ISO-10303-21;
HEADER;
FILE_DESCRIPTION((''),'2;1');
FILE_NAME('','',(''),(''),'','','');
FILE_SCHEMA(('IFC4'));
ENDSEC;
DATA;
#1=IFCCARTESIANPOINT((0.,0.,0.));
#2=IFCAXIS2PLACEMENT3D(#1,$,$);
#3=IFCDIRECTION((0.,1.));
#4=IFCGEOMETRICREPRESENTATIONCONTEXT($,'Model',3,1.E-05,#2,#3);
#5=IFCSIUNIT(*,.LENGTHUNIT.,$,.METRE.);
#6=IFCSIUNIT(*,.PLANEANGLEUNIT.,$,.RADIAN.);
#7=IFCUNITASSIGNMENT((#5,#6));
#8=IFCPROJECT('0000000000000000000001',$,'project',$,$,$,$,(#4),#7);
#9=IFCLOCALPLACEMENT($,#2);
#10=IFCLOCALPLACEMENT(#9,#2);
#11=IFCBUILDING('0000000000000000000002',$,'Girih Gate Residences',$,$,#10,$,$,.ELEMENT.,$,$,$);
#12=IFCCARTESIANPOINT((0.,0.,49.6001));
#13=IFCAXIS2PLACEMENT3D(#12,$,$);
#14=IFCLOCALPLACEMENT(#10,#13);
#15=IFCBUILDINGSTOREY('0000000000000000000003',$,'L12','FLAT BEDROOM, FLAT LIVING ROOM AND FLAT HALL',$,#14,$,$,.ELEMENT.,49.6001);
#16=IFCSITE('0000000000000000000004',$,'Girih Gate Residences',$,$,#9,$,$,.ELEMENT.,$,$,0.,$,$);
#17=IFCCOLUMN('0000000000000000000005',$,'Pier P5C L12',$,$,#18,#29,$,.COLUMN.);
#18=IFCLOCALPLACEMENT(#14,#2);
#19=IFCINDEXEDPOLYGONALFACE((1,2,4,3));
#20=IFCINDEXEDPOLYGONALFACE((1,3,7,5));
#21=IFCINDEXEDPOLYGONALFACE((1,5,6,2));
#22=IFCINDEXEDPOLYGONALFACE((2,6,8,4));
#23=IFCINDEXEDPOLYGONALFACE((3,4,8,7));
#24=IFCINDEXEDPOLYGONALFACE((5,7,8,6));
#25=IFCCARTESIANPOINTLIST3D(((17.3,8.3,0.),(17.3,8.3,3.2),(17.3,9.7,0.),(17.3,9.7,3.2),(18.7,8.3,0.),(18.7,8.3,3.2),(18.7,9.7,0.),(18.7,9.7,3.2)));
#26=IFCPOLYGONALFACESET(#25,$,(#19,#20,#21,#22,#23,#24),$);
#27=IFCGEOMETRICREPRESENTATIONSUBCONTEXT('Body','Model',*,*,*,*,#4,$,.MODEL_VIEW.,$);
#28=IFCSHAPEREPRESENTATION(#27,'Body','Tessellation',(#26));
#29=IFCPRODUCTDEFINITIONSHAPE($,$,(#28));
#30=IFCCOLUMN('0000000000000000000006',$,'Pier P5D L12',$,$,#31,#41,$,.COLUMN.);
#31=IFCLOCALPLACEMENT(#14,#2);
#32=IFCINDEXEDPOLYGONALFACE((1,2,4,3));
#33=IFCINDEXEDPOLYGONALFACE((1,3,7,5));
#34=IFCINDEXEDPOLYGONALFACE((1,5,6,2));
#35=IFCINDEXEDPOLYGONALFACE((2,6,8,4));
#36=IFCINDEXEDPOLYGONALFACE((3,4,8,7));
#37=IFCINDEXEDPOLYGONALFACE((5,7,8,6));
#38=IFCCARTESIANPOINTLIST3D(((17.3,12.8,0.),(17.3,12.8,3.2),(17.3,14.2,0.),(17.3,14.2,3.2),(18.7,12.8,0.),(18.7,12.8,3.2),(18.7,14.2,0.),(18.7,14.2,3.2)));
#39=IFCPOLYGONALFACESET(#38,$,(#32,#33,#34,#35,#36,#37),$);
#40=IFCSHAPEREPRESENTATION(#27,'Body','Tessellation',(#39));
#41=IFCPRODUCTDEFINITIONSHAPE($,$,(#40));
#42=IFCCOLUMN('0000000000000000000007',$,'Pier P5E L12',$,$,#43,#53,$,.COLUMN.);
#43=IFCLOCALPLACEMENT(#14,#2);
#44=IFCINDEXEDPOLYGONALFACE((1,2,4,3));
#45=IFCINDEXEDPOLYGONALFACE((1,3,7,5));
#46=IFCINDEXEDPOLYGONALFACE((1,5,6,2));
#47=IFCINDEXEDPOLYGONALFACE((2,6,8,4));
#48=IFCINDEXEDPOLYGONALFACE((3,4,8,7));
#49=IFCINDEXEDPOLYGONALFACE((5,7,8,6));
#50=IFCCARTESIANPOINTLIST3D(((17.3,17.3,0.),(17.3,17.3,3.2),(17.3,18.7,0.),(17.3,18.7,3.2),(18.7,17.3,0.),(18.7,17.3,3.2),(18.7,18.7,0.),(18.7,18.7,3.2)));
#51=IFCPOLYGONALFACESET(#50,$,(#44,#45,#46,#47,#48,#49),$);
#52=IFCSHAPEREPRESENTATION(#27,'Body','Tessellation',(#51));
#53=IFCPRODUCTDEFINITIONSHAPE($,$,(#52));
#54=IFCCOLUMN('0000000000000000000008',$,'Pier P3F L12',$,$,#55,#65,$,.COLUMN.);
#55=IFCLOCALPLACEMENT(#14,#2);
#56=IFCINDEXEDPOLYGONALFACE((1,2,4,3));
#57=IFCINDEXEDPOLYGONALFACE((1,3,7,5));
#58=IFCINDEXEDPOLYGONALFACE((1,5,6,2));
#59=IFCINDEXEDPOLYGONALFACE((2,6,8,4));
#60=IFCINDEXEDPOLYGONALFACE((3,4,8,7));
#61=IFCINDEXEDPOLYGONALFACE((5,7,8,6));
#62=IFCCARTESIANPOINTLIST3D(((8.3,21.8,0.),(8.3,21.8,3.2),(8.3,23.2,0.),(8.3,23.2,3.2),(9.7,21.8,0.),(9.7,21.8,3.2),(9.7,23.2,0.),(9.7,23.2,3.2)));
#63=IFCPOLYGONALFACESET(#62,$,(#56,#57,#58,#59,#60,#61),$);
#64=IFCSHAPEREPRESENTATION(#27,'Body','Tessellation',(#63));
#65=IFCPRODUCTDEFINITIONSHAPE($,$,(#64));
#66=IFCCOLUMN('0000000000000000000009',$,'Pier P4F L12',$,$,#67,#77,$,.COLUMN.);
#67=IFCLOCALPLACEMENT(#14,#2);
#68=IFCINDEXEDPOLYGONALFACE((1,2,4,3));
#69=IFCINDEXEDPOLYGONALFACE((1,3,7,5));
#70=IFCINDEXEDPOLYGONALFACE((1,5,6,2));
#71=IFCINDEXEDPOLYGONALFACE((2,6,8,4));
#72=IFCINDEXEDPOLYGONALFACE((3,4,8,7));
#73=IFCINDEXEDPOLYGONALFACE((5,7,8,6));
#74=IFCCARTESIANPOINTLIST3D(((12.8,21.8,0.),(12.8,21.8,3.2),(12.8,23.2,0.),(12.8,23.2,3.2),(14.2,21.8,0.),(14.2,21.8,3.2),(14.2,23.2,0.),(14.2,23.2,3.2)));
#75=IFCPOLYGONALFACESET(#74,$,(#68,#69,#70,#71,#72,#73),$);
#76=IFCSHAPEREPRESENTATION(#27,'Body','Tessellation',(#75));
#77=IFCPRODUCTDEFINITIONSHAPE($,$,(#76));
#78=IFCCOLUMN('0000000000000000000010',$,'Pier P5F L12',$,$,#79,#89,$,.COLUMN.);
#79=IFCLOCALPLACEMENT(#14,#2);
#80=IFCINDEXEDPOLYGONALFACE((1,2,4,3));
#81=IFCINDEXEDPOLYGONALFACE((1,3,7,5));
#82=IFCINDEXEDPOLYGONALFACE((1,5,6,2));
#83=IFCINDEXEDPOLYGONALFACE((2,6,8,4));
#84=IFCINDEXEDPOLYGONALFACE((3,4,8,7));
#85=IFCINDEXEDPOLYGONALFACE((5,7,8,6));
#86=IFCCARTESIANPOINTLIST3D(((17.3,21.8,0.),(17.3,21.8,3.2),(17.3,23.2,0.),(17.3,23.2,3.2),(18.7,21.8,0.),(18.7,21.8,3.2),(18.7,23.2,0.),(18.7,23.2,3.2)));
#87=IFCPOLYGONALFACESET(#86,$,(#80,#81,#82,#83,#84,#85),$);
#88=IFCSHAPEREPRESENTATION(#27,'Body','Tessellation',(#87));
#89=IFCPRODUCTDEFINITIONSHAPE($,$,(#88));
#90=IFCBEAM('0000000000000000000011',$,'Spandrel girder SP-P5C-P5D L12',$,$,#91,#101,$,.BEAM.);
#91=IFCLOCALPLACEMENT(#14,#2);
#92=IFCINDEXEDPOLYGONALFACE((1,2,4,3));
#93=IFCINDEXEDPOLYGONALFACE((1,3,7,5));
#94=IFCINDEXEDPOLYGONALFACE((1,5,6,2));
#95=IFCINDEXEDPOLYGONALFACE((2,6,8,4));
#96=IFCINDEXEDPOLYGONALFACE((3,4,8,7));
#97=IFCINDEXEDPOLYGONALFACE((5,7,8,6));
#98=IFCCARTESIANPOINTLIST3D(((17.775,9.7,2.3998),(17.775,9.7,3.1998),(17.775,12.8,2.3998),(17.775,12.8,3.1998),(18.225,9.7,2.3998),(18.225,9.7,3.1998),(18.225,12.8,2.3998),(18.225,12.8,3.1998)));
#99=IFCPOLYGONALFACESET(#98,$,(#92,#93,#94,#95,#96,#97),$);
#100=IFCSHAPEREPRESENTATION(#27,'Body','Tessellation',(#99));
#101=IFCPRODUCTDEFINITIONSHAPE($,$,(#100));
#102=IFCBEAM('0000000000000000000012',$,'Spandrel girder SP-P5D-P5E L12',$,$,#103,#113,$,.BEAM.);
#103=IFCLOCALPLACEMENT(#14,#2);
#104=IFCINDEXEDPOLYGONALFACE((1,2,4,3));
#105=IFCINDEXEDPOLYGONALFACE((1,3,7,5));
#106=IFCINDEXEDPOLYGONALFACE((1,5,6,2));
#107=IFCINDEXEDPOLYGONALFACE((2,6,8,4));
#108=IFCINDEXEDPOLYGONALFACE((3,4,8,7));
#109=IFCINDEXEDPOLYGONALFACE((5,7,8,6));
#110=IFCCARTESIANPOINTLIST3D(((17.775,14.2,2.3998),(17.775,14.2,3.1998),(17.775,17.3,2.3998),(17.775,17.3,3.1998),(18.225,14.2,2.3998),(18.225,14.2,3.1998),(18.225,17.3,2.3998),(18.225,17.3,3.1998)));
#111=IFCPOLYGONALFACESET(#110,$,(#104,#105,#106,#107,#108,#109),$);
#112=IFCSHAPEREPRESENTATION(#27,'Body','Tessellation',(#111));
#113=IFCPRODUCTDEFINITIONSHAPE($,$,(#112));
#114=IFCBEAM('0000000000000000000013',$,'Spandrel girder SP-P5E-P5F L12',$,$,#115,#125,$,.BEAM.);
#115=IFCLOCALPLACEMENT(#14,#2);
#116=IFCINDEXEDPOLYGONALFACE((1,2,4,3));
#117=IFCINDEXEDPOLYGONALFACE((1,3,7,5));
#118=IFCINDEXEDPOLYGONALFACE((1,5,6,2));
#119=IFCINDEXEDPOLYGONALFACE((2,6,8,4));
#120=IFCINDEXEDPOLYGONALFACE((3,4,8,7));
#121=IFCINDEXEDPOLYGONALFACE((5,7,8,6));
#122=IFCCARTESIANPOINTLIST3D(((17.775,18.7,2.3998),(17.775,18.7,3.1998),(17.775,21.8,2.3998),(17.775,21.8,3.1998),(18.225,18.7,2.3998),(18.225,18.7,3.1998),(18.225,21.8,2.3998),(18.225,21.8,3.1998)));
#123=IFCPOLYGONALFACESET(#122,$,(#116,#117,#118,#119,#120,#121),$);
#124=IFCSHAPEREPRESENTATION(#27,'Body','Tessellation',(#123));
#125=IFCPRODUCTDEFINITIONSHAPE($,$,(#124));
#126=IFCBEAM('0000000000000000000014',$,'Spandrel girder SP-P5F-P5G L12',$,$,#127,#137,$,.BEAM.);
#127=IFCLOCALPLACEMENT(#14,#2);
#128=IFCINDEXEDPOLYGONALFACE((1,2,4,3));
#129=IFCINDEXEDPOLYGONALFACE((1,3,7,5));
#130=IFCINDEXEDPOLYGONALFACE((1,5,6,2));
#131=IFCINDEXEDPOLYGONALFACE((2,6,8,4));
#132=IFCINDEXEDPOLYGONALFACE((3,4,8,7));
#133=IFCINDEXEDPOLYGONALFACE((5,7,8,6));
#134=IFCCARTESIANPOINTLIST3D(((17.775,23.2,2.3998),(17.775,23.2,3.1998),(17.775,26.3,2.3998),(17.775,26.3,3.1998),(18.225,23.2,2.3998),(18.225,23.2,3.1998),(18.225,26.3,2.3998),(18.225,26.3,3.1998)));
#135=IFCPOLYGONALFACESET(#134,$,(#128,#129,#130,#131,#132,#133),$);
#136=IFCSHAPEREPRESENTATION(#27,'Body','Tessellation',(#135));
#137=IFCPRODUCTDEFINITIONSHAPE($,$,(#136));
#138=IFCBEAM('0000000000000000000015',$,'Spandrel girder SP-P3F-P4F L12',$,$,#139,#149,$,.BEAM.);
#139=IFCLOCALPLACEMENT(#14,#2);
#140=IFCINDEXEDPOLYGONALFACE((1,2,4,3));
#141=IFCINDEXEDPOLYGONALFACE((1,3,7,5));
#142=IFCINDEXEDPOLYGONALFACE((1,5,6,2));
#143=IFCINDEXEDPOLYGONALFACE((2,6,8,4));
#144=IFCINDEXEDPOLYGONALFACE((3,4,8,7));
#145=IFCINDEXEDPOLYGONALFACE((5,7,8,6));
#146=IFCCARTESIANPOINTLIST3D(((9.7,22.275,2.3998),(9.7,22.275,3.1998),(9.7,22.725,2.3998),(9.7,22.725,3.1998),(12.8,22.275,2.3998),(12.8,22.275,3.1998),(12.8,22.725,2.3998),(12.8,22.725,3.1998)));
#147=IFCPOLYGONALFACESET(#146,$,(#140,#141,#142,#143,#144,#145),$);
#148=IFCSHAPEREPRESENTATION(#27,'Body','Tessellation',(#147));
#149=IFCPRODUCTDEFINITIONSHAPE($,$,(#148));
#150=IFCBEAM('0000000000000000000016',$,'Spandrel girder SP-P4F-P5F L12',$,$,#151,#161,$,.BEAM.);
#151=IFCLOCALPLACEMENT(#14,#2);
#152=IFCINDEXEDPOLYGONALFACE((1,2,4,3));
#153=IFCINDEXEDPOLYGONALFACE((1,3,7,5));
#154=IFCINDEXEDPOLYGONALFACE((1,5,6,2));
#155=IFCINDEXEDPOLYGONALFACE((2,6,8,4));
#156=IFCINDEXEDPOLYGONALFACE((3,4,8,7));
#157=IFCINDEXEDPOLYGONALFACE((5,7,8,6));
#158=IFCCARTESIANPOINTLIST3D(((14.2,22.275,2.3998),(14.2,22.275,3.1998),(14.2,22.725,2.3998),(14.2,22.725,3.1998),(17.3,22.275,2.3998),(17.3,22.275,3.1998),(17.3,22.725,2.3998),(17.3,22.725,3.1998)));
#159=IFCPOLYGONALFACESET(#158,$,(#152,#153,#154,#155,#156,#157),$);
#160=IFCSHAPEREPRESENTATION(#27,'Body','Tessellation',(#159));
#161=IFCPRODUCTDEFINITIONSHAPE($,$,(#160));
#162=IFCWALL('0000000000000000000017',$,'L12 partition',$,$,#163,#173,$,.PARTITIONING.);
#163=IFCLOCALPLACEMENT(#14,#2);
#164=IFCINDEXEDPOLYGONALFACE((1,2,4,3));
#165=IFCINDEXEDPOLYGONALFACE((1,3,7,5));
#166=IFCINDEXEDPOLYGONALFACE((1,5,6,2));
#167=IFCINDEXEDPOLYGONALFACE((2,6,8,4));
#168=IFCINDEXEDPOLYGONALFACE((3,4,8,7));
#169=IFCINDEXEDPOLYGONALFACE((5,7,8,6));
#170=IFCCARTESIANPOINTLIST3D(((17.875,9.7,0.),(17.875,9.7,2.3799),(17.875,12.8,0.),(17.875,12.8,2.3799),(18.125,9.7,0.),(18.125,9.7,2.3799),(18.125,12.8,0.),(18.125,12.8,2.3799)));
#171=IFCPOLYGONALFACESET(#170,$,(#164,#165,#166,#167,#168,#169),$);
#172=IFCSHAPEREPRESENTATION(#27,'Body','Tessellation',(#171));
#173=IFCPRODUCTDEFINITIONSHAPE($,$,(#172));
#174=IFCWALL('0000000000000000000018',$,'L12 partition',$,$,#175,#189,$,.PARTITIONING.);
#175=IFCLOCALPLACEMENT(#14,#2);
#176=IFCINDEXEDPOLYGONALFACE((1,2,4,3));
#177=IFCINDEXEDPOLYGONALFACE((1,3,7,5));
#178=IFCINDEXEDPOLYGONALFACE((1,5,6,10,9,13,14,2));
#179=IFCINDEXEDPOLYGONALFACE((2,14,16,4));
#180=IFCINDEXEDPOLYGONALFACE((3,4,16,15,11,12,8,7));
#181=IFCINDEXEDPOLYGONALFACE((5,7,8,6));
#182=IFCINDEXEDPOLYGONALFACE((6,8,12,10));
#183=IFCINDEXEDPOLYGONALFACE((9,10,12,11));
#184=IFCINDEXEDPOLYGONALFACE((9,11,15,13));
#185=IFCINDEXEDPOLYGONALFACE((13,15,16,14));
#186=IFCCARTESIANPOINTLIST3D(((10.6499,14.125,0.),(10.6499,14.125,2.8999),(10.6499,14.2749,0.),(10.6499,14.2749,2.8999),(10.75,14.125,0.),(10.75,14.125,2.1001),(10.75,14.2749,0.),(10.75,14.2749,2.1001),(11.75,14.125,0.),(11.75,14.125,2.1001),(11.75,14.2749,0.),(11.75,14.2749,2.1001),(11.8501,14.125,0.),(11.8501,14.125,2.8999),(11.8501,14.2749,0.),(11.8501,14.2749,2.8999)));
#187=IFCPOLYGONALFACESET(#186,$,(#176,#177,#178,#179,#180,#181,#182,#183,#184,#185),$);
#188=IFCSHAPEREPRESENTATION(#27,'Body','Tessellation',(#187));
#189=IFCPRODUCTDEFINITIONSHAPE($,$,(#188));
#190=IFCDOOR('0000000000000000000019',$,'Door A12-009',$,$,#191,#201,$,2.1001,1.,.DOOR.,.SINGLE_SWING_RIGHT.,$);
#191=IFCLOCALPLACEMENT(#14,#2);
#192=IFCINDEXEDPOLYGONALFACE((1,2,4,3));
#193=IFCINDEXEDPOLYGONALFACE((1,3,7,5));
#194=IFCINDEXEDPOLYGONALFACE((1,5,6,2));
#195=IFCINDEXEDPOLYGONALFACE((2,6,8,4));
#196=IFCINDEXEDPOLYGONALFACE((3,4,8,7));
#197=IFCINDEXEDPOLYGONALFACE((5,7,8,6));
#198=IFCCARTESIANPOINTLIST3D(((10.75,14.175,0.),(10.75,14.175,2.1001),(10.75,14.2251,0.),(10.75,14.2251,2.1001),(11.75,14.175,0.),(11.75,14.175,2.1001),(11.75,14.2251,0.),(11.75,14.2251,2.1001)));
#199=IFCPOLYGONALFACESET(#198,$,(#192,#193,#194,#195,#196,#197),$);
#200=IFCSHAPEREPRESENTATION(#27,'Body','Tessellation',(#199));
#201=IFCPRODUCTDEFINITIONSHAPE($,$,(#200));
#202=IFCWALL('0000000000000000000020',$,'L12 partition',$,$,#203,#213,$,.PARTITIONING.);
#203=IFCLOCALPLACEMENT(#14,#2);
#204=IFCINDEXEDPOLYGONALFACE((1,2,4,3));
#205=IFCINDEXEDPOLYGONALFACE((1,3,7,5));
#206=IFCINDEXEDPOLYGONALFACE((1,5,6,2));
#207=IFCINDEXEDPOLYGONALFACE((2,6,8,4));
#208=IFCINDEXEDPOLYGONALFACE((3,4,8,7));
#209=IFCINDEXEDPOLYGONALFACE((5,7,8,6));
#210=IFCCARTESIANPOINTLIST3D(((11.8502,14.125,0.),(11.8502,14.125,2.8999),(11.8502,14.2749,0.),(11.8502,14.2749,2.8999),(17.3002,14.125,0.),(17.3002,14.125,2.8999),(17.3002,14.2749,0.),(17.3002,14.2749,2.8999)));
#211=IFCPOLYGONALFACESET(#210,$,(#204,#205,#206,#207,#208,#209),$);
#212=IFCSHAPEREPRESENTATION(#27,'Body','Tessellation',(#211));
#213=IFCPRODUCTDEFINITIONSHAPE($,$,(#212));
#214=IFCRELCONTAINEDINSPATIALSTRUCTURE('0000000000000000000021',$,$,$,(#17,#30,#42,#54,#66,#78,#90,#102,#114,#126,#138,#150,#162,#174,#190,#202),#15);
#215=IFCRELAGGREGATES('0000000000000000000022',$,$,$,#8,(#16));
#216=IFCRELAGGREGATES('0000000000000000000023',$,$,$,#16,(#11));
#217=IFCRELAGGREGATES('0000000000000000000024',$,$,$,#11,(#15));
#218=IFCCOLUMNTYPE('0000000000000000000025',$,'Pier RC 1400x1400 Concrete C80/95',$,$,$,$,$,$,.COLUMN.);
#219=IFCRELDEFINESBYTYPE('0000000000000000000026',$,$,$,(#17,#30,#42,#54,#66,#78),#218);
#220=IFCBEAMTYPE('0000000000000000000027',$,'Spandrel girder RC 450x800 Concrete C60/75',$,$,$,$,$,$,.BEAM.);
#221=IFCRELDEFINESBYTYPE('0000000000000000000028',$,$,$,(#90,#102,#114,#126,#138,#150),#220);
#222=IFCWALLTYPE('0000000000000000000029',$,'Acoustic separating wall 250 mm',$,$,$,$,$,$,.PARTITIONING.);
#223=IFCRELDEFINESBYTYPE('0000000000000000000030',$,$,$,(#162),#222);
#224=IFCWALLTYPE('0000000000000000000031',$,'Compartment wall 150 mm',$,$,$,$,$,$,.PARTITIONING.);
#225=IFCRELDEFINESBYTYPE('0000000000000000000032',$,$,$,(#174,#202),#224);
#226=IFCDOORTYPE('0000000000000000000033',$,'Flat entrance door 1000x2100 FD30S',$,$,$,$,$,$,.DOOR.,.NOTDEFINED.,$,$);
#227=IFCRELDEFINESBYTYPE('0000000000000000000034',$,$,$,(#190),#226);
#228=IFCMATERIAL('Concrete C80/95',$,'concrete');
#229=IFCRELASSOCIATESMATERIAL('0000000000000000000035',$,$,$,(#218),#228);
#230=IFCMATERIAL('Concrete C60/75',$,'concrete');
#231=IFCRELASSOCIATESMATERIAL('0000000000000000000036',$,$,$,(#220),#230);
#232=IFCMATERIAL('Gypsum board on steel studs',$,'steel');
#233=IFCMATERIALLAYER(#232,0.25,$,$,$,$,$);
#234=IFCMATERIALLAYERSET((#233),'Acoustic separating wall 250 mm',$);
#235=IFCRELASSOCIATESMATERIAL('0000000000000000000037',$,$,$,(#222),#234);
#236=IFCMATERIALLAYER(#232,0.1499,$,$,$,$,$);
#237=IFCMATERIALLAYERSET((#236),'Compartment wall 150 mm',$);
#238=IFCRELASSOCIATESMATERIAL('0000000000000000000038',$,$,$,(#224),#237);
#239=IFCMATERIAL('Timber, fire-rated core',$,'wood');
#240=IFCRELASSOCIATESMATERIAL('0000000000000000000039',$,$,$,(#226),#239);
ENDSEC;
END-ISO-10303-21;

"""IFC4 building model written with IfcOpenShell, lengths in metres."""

from ifc_helpers import new_model, si_unit, direction, frame, frame_2d, origin, origin_2d, place, context, subcontext, project, spatial, rectangle, extrude, material, layer, layer_set, material_profile, profile_set, type_object, element, fill, save


model = new_model("IFC4")

# Units and contexts
model_context = context("Model", 3, precision=1e-05, world=origin(), true_north=direction((0.0, 1.0)))
body_context = subcontext(model_context, "Body", "Model", "MODEL_VIEW")
ifc_project = project(units=[si_unit("LENGTHUNIT", "METRE"), si_unit("PLANEANGLEUNIT", "RADIAN")], contexts=[model_context])

# Site, building, storey
site_placement = place(None, origin())
site = spatial("IfcSite", under=ifc_project, at=site_placement, Name="Girih Gate Residences", CompositionType="ELEMENT", RefElevation=0.0)
building_placement = place(site_placement, origin())
building = spatial("IfcBuilding", under=site, at=building_placement, Name="Girih Gate Residences", CompositionType="ELEMENT")
storey_placement = place(building_placement, frame((0.0, 0.0, 49.6001)))
storey = spatial("IfcBuildingStorey", under=building, at=storey_placement, Name="L12", Description="FLAT BEDROOM, FLAT LIVING ROOM AND FLAT HALL", CompositionType="ELEMENT", Elevation=49.6001)

# Columns
ifc_material_1 = material(Name="Concrete C80/95", Category="concrete")
ifc_material_profile_1 = material_profile(ifc_material_1, rectangle(XDim=1.3999, YDim=1.3999, at=origin_2d()))
ifc_profile_set_1 = profile_set([ifc_material_profile_1], Name="Concrete C80/95")
column_type = type_object("IfcColumnType", Name="Pier RC 1400x1400 Concrete C80/95", PredefinedType="COLUMN", material=ifc_profile_set_1)
for number, where, z_axis, x_axis, name in (
    (1, (18.0, 9.0, 0.0), (0.0, 0.0, 1.0), (1.0, 0.0, 0.0), "Pier P5C L12"),
    (2, (18.0, 13.5, 0.0), (0.0, 0.0, 1.0), (1.0, 0.0, 0.0), "Pier P5D L12"),
    (3, (18.0, 18.0, 0.0), (0.0, 0.0, 1.0), (1.0, 0.0, 0.0), "Pier P5E L12"),
    (4, (9.0, 22.5, 0.0), (0.0, 0.0, 1.0), (1.0, 0.0, 0.0), "Pier P3F L12"),
    (5, (13.5, 22.5, 0.0), (0.0, 0.0, 1.0), (1.0, 0.0, 0.0), "Pier P4F L12"),
    (6, (18.0, 22.5, 0.0), (0.0, 0.0, 1.0), (1.0, 0.0, 0.0), "Pier P5F L12"),
):
    element("IfcColumn", number, at=place(storey_placement, frame(where, z_axis=z_axis, x_axis=x_axis)), inside=storey, type_object=column_type, Name=name, PredefinedType="COLUMN", context=body_context, shape_type="SweptSolid", body=[
        extrude(rectangle(XDim=1.3999, YDim=1.3999, at=origin_2d()), origin(), (0.0, 0.0, 1.0), 3.2),
    ])

# Beams
ifc_material_2 = material(Name="Concrete C60/75", Category="concrete")
ifc_material_profile_2 = material_profile(ifc_material_2, rectangle(XDim=0.45, YDim=0.8, at=origin_2d()))
ifc_profile_set_2 = profile_set([ifc_material_profile_2], Name="Concrete C60/75")
beam_type = type_object("IfcBeamType", Name="Spandrel girder RC 450x800 Concrete C60/75", PredefinedType="BEAM", material=ifc_profile_set_2)
for number, where, z_axis, x_axis, name in (
    (7, (18.0, 9.7, 2.7998), (0.0, 1.0, 0.0), (-1.0, 0.0, 0.0), "Spandrel girder SP-P5C-P5D L12"),
    (8, (18.0, 14.2, 2.7998), (0.0, 1.0, 0.0), (-1.0, 0.0, 0.0), "Spandrel girder SP-P5D-P5E L12"),
    (9, (18.0, 18.7, 2.7998), (0.0, 1.0, 0.0), (-1.0, 0.0, 0.0), "Spandrel girder SP-P5E-P5F L12"),
    (10, (18.0, 23.2, 2.7998), (0.0, 1.0, 0.0), (-1.0, 0.0, 0.0), "Spandrel girder SP-P5F-P5G L12"),
    (11, (9.7, 22.5, 2.7998), (1.0, 0.0, 0.0), (0.0, 1.0, 0.0), "Spandrel girder SP-P3F-P4F L12"),
    (12, (14.2, 22.5, 2.7998), (1.0, 0.0, 0.0), (0.0, 1.0, 0.0), "Spandrel girder SP-P4F-P5F L12"),
):
    element("IfcBeam", number, at=place(storey_placement, frame(where, z_axis=z_axis, x_axis=x_axis)), inside=storey, type_object=beam_type, Name=name, PredefinedType="BEAM", context=body_context, shape_type="SweptSolid", body=[
        extrude(rectangle(XDim=0.45, YDim=0.8, at=origin_2d()), origin(), (0.0, 0.0, 1.0), 3.1001),
    ])

# Wall
ifc_material_3 = material(Name="Gypsum board on steel studs", Category="steel")
ifc_layer_1 = layer(ifc_material_3, 0.25)
ifc_layer_set_1 = layer_set([ifc_layer_1], Name="Acoustic separating wall 250 mm")
wall_type_1 = type_object("IfcWallType", Name="Acoustic separating wall 250 mm", PredefinedType="PARTITIONING", material=ifc_layer_set_1)
wall_1_placement = place(storey_placement, frame((18.0, 9.7, 0.0), z_axis=(0.0, 0.0, 1.0), x_axis=(0.0, 1.0, 0.0)))
element("IfcWall", 13, at=wall_1_placement, inside=storey, type_object=wall_type_1, Name="L12 partition", PredefinedType="PARTITIONING", context=body_context, shape_type="SweptSolid", body=[
    extrude(rectangle(XDim=3.1001, YDim=0.25, at=frame_2d((1.55, 0.0))), origin(), (0.0, 0.0, 1.0), 2.3799),
])

# Wall, opening, door
ifc_layer_2 = layer(ifc_material_3, 0.1499)
ifc_layer_set_2 = layer_set([ifc_layer_2], Name="Compartment wall 150 mm")
wall_type_2 = type_object("IfcWallType", Name="Compartment wall 150 mm", PredefinedType="PARTITIONING", material=ifc_layer_set_2)
wall_2_placement = place(storey_placement, frame((11.8501, 14.2, 0.0), z_axis=(0.0, 0.0, 1.0), x_axis=(-1.0, 0.0, 0.0)))
wall_2 = element("IfcWall", 14, at=wall_2_placement, inside=storey, type_object=wall_type_2, Name="L12 partition", PredefinedType="PARTITIONING", context=body_context, shape_type="SweptSolid", body=[
    extrude(rectangle(XDim=1.2002, YDim=0.1499, at=frame_2d((0.6001, 0.0))), origin(), (0.0, 0.0, 1.0), 2.8999),
])
opening_1_placement = place(wall_2_placement, frame((0.1001, 0.0, 0.0)))
opening_1 = element("IfcOpeningElement", 15, at=opening_1_placement, cuts=wall_2, PredefinedType="OPENING", context=body_context, shape_type="SweptSolid", body=[
    extrude(rectangle(XDim=1.0, YDim=2.1001, at=frame_2d((0.5, 1.05))), frame((0.0, 0.085, 0.0), z_axis=(0.0, -1.0, 0.0), x_axis=(1.0, 0.0, 0.0)), (0.0, 0.0, 1.0), 0.1699),
])
ifc_material_4 = material(Name="Timber, fire-rated core", Category="wood")
door_type_1 = type_object("IfcDoorType", Name="Flat entrance door 1000x2100 FD30S", OperationType="NOTDEFINED", PredefinedType="DOOR", material=ifc_material_4)
door_1_placement = place(opening_1_placement, origin())
door_1 = element("IfcDoor", 16, at=door_1_placement, inside=storey, type_object=door_type_1, Name="Door A12-009", OperationType="SINGLE_SWING_RIGHT", OverallHeight=2.1001, OverallWidth=1.0, PredefinedType="DOOR", context=body_context, shape_type="SweptSolid", body=[
    extrude(rectangle(XDim=1.0, YDim=2.1001, at=frame_2d((0.5, 1.05))), frame((0.0, 0.0249, 0.0), z_axis=(0.0, -1.0, 0.0), x_axis=(1.0, 0.0, 0.0)), (0.0, 0.0, 1.0), 0.05),
])
fill(opening_1, door_1)

# Wall
wall_3_placement = place(storey_placement, frame((11.8501, 14.2, 0.0), z_axis=(0.0, 0.0, 1.0), x_axis=(1.0, 0.0, 0.0)))
element("IfcWall", 17, at=wall_3_placement, inside=storey, type_object=wall_type_2, Name="L12 partition", PredefinedType="PARTITIONING", context=body_context, shape_type="SweptSolid", body=[
    extrude(rectangle(XDim=5.45, YDim=0.1499, at=frame_2d((2.7251, 0.0))), origin(), (0.0, 0.0, 1.0), 2.8999),
])

save(model, "model.ifc")
